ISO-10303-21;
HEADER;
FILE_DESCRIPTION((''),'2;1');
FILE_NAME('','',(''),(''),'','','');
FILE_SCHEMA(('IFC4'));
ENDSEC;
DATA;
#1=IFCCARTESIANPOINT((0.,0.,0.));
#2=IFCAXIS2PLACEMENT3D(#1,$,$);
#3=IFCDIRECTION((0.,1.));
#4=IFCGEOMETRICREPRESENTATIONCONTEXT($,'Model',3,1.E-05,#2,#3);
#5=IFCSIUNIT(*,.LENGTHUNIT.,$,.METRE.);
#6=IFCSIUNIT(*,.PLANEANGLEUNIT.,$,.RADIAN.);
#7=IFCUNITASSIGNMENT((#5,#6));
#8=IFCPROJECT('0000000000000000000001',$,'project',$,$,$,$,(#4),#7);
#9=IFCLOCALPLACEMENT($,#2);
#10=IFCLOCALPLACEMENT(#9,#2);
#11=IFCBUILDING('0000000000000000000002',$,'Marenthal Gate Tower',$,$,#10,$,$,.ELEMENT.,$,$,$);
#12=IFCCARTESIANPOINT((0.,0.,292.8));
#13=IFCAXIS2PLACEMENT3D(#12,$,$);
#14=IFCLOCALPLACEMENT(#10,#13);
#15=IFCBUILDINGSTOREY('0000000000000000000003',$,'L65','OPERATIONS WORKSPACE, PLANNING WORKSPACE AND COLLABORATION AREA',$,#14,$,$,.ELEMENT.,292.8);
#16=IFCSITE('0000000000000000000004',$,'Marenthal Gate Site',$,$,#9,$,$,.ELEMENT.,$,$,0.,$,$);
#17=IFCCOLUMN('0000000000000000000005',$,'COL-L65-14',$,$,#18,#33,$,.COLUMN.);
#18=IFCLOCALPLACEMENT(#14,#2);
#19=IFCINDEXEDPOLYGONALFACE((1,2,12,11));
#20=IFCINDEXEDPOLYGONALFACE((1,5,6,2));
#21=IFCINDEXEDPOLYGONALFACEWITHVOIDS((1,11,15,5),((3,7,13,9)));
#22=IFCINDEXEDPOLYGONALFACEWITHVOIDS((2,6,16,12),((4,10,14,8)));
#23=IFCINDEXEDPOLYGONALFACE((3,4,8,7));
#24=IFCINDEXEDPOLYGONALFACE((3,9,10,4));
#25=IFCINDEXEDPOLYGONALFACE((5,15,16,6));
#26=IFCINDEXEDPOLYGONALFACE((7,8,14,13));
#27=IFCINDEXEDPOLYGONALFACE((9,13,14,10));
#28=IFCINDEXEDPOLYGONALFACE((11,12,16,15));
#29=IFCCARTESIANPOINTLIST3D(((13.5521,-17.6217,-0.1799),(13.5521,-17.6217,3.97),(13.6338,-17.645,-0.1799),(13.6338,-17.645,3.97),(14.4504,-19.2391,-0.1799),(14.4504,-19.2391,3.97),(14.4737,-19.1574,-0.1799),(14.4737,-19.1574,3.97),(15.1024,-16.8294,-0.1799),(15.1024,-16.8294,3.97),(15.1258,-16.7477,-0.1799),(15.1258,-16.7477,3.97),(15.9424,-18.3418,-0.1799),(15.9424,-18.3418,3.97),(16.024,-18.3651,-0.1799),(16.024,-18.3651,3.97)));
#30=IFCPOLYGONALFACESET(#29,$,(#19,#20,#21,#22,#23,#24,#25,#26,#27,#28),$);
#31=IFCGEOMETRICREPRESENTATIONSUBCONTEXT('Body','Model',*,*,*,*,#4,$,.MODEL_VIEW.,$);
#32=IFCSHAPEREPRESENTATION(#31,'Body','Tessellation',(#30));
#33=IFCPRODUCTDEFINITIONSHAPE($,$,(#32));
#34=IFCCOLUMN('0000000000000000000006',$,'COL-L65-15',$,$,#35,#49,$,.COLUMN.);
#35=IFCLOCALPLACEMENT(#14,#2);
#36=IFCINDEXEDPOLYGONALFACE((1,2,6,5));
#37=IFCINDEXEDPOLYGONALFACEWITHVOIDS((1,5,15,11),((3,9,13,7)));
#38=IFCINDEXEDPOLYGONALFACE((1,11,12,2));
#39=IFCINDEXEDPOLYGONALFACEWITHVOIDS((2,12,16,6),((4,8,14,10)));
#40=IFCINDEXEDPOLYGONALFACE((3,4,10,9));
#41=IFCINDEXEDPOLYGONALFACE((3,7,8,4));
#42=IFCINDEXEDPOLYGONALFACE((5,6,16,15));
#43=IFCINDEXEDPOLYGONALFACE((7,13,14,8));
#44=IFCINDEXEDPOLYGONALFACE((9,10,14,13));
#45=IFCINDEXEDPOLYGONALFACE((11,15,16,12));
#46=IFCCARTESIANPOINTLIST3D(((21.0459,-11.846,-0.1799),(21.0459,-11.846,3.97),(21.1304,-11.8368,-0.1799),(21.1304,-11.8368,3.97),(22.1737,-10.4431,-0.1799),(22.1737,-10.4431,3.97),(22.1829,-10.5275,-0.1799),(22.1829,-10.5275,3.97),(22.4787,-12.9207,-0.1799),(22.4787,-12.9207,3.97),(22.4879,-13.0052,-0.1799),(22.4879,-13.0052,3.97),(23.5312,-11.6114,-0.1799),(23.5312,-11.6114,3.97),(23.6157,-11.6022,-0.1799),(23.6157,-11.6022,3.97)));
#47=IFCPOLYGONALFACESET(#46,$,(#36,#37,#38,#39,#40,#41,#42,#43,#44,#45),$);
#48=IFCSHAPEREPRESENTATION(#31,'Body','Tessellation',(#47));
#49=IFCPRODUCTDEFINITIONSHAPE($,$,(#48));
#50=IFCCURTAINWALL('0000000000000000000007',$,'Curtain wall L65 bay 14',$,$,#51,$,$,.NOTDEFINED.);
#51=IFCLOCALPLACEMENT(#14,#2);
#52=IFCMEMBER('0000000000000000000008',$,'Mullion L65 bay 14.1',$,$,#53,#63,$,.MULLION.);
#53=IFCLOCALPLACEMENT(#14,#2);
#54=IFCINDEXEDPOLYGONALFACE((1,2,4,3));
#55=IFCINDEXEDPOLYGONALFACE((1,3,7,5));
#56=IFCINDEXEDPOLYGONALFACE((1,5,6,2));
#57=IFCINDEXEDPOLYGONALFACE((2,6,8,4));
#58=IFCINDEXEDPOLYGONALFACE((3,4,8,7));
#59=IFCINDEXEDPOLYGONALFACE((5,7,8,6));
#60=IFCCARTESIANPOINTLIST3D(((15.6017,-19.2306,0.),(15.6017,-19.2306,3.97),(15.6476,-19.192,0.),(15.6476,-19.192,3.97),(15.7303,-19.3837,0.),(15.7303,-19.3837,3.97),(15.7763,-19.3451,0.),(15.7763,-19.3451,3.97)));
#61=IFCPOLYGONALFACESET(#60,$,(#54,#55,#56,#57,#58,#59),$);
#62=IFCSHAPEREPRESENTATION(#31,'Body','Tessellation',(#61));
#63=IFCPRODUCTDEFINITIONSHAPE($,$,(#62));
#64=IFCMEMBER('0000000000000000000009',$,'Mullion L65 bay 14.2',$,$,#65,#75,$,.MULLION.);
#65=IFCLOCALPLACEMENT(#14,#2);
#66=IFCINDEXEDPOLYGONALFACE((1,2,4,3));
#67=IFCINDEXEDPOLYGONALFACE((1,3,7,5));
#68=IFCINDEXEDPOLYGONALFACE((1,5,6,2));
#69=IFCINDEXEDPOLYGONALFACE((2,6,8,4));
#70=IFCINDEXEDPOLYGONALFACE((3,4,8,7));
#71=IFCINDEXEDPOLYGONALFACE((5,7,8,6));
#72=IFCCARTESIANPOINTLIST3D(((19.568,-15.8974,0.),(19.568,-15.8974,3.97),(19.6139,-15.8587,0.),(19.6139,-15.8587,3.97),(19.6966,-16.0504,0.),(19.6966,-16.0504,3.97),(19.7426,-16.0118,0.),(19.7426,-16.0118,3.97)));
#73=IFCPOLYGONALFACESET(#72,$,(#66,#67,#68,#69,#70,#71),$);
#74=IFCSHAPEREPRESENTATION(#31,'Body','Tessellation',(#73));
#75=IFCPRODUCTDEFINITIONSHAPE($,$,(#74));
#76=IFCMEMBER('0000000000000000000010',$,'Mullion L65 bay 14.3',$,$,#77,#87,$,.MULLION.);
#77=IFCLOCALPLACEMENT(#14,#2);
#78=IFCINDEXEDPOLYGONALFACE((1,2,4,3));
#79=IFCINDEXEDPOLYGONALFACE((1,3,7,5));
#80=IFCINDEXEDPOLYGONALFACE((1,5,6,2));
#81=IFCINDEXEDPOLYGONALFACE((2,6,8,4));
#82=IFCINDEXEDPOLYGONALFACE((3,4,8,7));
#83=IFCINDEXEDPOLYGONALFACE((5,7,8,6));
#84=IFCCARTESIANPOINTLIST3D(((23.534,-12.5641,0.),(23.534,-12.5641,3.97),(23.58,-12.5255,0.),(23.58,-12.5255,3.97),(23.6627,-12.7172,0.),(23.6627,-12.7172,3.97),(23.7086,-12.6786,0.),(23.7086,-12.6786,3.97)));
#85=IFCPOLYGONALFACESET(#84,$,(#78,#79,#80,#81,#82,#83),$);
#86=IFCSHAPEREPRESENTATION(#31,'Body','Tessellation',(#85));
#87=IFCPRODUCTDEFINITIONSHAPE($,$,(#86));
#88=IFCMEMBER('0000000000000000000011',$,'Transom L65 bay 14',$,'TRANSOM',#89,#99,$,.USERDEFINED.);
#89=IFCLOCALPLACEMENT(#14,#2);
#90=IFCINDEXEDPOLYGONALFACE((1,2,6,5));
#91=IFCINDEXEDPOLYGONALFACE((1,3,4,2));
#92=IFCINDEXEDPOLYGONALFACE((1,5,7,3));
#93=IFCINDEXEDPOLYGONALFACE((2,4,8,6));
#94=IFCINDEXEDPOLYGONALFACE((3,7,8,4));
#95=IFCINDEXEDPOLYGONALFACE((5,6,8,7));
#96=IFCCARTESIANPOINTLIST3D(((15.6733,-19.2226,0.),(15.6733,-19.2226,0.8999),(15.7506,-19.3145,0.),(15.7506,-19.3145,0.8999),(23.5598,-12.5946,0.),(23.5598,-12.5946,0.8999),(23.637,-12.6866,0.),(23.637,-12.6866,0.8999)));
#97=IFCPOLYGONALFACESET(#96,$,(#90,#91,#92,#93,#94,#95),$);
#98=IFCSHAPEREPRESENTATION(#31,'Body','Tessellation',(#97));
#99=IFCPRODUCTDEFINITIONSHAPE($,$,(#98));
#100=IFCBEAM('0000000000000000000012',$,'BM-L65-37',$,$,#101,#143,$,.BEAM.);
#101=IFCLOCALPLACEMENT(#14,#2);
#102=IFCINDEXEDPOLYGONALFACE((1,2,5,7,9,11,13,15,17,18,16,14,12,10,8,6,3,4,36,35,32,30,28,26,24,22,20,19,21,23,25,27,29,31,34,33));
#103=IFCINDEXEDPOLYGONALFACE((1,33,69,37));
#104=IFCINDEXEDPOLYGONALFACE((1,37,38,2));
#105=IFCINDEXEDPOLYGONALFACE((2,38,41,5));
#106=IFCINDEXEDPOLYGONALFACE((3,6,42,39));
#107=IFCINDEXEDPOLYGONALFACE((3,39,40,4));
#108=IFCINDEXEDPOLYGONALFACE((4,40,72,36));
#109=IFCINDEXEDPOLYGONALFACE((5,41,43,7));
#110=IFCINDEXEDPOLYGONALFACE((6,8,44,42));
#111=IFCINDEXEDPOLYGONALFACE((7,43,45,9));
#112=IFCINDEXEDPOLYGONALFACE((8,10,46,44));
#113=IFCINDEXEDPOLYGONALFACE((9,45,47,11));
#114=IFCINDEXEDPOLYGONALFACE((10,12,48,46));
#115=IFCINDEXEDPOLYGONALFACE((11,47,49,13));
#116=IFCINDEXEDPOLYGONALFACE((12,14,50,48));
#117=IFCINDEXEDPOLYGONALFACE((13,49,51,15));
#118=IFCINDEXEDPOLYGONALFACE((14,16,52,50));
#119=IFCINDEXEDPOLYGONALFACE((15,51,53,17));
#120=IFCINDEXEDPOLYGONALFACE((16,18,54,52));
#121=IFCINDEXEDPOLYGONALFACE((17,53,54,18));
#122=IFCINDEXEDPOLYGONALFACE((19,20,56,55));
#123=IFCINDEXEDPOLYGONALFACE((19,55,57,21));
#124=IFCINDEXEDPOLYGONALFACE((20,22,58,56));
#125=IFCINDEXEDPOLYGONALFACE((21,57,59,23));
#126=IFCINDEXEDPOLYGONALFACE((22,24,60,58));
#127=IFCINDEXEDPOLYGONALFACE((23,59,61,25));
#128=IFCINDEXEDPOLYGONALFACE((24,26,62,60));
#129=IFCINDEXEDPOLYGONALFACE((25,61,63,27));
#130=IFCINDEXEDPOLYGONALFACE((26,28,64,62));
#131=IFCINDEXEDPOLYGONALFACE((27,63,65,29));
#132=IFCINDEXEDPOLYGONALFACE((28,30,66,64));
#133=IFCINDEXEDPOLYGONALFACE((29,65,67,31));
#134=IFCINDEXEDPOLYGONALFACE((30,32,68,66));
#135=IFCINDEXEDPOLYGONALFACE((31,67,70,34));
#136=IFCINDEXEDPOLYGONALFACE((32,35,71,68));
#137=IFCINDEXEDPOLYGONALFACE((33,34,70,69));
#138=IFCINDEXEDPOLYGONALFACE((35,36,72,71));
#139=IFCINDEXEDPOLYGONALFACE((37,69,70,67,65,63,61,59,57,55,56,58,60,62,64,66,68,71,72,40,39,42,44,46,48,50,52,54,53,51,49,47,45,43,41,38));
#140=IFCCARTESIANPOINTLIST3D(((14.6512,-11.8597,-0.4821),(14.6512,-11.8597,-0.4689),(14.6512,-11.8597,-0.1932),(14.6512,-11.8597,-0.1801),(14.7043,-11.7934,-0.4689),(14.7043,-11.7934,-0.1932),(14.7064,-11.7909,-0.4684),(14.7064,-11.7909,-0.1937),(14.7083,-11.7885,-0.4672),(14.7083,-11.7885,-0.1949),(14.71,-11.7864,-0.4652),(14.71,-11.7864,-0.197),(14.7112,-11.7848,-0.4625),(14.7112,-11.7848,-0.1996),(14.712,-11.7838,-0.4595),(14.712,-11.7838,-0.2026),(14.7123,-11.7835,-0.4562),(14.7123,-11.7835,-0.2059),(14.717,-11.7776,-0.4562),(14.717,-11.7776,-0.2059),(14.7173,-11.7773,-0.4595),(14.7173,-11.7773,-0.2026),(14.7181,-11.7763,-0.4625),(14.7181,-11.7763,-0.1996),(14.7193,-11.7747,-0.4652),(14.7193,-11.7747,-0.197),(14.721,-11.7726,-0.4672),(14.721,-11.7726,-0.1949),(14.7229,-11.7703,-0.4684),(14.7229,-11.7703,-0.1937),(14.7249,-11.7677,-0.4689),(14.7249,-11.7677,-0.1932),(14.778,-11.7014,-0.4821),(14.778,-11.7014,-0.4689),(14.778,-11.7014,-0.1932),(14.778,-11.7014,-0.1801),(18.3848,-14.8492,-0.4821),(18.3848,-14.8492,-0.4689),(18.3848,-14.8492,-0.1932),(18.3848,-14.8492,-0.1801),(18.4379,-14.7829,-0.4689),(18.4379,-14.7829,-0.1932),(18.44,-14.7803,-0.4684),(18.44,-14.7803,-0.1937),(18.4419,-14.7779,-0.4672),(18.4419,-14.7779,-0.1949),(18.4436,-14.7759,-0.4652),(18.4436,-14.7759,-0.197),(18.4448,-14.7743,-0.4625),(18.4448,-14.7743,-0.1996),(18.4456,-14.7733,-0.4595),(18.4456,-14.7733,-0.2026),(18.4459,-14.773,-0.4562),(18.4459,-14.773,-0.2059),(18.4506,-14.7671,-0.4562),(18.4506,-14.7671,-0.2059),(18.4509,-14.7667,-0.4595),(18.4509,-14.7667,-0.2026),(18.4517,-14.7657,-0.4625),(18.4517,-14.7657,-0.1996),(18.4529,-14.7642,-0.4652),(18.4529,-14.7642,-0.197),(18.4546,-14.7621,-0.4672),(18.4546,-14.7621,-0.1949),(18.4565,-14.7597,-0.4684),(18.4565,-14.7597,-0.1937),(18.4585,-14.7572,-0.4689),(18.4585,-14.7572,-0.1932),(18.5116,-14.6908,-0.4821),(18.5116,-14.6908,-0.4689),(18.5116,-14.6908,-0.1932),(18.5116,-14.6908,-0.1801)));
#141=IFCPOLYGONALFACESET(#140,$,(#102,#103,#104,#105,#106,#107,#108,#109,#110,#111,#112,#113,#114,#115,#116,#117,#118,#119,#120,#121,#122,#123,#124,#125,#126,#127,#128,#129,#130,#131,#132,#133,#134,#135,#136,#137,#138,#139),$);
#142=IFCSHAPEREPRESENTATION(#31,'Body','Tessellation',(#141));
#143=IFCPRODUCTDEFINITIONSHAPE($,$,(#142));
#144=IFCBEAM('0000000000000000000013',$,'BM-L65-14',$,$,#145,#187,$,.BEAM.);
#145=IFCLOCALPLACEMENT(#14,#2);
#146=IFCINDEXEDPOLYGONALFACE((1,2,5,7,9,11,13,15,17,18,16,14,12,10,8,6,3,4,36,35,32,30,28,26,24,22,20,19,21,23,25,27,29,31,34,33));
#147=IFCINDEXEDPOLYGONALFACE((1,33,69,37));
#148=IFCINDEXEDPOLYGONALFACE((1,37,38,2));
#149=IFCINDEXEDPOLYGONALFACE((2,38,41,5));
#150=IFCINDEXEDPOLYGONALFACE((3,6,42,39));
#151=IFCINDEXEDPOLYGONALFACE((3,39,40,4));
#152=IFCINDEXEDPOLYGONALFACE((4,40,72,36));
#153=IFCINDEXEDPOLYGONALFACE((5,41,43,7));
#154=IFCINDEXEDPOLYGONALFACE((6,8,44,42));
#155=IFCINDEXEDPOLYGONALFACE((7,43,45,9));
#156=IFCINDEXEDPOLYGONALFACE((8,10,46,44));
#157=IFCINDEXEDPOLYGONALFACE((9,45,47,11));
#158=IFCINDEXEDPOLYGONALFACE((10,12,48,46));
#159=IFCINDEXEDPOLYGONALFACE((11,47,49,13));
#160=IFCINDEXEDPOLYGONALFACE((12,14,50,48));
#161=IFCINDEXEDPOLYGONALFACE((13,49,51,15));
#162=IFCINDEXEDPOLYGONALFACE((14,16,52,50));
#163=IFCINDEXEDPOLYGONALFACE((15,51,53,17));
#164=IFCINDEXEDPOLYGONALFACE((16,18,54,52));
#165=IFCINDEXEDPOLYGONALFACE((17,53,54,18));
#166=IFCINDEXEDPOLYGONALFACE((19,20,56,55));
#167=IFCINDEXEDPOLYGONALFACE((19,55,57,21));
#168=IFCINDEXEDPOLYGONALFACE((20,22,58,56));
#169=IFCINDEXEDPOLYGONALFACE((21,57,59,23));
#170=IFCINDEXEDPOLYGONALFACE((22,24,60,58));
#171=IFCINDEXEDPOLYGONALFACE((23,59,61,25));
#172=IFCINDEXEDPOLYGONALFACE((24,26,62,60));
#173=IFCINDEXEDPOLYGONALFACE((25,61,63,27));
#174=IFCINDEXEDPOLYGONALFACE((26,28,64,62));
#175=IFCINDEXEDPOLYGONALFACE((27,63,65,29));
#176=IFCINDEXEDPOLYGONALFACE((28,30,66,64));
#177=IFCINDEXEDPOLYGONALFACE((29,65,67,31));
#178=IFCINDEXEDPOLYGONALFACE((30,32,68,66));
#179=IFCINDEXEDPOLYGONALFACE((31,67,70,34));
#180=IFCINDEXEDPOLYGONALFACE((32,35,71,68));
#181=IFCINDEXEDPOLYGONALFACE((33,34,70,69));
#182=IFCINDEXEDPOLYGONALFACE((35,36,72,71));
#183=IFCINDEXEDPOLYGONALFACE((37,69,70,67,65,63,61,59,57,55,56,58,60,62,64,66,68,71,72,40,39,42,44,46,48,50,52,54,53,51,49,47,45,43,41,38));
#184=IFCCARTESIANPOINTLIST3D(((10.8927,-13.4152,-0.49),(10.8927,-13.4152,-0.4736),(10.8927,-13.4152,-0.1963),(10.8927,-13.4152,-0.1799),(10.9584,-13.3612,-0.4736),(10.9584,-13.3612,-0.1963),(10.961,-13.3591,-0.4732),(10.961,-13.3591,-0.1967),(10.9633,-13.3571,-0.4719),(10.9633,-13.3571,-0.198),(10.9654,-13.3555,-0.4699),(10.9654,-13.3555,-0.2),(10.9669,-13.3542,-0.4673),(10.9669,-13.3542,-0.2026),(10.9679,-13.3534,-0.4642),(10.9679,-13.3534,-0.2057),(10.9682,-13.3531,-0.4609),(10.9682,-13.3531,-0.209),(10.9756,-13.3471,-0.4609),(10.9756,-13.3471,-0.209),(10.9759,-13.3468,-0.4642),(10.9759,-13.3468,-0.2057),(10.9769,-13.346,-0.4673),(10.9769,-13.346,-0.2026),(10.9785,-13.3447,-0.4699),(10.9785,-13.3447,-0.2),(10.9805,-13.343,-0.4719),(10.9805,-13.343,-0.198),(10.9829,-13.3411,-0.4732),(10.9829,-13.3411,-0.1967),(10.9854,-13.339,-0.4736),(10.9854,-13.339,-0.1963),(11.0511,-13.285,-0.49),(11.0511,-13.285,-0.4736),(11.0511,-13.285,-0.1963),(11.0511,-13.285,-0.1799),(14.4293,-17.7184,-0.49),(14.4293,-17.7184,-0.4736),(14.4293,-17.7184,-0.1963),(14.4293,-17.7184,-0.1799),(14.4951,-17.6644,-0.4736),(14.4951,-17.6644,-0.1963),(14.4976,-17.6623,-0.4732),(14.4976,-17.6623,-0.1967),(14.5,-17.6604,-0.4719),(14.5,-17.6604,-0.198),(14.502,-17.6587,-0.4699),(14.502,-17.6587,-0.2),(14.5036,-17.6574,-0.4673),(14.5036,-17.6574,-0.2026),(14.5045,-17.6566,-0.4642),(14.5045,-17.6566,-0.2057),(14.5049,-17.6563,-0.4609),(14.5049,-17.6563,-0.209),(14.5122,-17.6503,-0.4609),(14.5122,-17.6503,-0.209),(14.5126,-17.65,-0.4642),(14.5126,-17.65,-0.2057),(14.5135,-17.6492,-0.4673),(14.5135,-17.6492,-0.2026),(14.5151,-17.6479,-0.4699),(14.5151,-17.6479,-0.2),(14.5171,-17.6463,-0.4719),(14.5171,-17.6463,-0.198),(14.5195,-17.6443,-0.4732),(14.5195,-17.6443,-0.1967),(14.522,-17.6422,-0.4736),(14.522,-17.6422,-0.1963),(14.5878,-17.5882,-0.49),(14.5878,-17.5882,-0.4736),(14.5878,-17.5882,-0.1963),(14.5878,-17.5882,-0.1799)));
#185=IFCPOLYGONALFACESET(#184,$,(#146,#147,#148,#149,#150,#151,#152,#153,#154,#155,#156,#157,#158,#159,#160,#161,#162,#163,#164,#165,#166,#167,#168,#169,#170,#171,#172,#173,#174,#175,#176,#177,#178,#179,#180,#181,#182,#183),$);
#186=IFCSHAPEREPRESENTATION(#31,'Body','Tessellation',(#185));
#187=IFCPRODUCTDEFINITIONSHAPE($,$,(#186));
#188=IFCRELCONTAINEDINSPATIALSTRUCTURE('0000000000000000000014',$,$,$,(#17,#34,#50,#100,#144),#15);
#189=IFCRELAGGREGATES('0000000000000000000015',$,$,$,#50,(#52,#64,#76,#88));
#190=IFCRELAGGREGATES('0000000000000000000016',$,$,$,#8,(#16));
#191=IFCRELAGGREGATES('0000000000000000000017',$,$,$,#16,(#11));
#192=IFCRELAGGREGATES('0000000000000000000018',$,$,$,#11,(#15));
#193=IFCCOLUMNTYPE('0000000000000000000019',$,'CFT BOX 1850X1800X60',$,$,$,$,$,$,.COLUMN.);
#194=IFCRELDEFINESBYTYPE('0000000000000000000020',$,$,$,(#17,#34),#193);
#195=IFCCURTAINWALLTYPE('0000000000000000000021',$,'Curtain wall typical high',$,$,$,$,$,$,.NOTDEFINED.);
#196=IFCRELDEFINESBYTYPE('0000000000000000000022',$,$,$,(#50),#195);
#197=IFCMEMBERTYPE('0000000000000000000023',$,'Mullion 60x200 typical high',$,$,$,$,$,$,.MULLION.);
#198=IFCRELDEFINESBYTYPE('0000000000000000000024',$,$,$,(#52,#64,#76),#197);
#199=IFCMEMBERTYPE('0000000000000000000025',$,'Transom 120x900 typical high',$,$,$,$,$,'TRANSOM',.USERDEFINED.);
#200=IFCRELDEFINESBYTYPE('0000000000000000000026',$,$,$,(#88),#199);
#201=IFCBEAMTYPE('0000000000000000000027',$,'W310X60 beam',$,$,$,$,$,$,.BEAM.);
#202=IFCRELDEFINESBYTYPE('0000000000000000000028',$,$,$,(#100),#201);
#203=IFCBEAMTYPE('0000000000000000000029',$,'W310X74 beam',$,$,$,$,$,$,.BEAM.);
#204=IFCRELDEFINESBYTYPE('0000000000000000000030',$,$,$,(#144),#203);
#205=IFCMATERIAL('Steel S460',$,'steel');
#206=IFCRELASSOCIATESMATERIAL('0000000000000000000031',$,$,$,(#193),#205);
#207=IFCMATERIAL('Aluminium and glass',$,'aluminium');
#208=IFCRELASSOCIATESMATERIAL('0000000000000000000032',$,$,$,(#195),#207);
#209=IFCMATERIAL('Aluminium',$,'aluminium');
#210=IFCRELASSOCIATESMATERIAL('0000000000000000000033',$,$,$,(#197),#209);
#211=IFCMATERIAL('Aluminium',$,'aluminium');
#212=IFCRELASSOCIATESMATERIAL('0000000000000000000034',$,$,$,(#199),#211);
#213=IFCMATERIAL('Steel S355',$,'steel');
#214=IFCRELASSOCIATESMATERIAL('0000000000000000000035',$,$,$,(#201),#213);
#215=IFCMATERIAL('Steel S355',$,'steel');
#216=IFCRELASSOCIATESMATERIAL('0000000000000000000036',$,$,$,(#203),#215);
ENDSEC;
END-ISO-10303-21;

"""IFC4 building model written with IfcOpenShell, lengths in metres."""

from ifc_helpers import new_model, si_unit, direction, frame, origin, origin_2d, place, context, subcontext, project, spatial, rectangle, hollow_rectangle, i_section, extrude, material, material_profile, profile_set, type_object, element, aggregate, save


model = new_model("IFC4")

# Units and contexts
model_context = context("Model", 3, precision=1e-05, world=origin(), true_north=direction((0.0, 1.0)))
body_context = subcontext(model_context, "Body", "Model", "MODEL_VIEW")
ifc_project = project(units=[si_unit("LENGTHUNIT", "METRE"), si_unit("PLANEANGLEUNIT", "RADIAN")], contexts=[model_context])

# Site, building, storey
site_placement = place(None, origin())
site = spatial("IfcSite", under=ifc_project, at=site_placement, Name="Marenthal Gate Site", CompositionType="ELEMENT", RefElevation=0.0)
building_placement = place(site_placement, origin())
building = spatial("IfcBuilding", under=site, at=building_placement, Name="Marenthal Gate Tower", CompositionType="ELEMENT")
storey_placement = place(building_placement, frame((0.0, 0.0, 292.8)))
storey = spatial("IfcBuildingStorey", under=building, at=storey_placement, Name="L65", Description="OPERATIONS WORKSPACE, PLANNING WORKSPACE AND COLLABORATION AREA", CompositionType="ELEMENT", Elevation=292.8)

# Columns
ifc_material_1 = material(Name="Steel S460", Category="steel")
ifc_material_profile_1 = material_profile(ifc_material_1, hollow_rectangle(XDim=1.8, YDim=1.8501, WallThickness=0.0601, at=origin_2d()), Name="CFT BOX 1850X1800X60")
ifc_material_2 = material(Name="Concrete 70 MPa", Category="concrete")
ifc_material_profile_2 = material_profile(ifc_material_2, rectangle(XDim=1.6799, YDim=1.73, at=origin_2d()), Name="CFT BOX 1850X1800X60 INFILL")
ifc_profile_set_1 = profile_set([ifc_material_profile_1, ifc_material_profile_2], Name="Steel S460 shell, Concrete 70 MPa infill")
column_type = type_object("IfcColumnType", Name="CFT BOX 1850X1800X60", PredefinedType="COLUMN", material=ifc_profile_set_1)
for number, where, z_axis, x_axis, name in (
    (1, (14.7881, -17.9934, -0.1799), (0.0, 0.0, 1.0), (-0.874222, -0.485527, 0.0), "COL-L65-14"),
    (2, (22.3308, -11.7241, -0.1799), (0.0, 0.0, 1.0), (-0.62654, -0.779389, 0.0), "COL-L65-15"),
):
    element("IfcColumn", number, at=place(storey_placement, frame(where, z_axis=z_axis, x_axis=x_axis)), inside=storey, type_object=column_type, Name=name, PredefinedType="COLUMN", context=body_context, shape_type="SweptSolid", body=[
        extrude(hollow_rectangle(XDim=1.8, YDim=1.8501, WallThickness=0.0601, at=origin_2d()), origin(), (0.0, 0.0, 1.0), 4.1499),
    ])

# Curtain wall, members
ifc_material_3 = material(Name="Aluminium and glass", Category="aluminium")
curtain_wall_type = type_object("IfcCurtainWallType", Name="Curtain wall typical high", PredefinedType="NOTDEFINED", material=ifc_material_3)
curtain_wall_placement = place(storey_placement, origin())
curtain_wall = element("IfcCurtainWall", 3, at=curtain_wall_placement, inside=storey, type_object=curtain_wall_type, Name="Curtain wall L65 bay 14", PredefinedType="NOTDEFINED")
ifc_material_4 = material(Name="Aluminium", Category="aluminium")
ifc_material_profile_3 = material_profile(ifc_material_4, rectangle(XDim=0.2, YDim=0.0601, at=origin_2d()), Name="60x200 aluminium mullion")
ifc_profile_set_2 = profile_set([ifc_material_profile_3], Name="Aluminium")
member_type_1 = type_object("IfcMemberType", Name="Mullion 60x200 typical high", PredefinedType="MULLION", material=ifc_profile_set_2)
member_1_placement = place(storey_placement, frame((15.689, -19.2878, 0.0), z_axis=(0.0, 0.0, 1.0), x_axis=(-0.64338, 0.765547, 0.0)))
member_1 = element("IfcMember", 4, at=member_1_placement, type_object=member_type_1, Name="Mullion L65 bay 14.1", PredefinedType="MULLION", context=body_context, shape_type="SweptSolid", body=[
    extrude(rectangle(XDim=0.2, YDim=0.0601, at=origin_2d()), origin(), (0.0, 0.0, 1.0), 3.97),
])
member_2_placement = place(storey_placement, frame((19.6553, -15.9546, 0.0), z_axis=(0.0, 0.0, 1.0), x_axis=(-0.64338, 0.765547, 0.0)))
member_2 = element("IfcMember", 5, at=member_2_placement, type_object=member_type_1, Name="Mullion L65 bay 14.2", PredefinedType="MULLION", context=body_context, shape_type="SweptSolid", body=[
    extrude(rectangle(XDim=0.2, YDim=0.0601, at=origin_2d()), origin(), (0.0, 0.0, 1.0), 3.97),
])
member_3_placement = place(storey_placement, frame((23.6213, -12.6213, 0.0), z_axis=(0.0, 0.0, 1.0), x_axis=(-0.64338, 0.765547, 0.0)))
member_3 = element("IfcMember", 6, at=member_3_placement, type_object=member_type_1, Name="Mullion L65 bay 14.3", PredefinedType="MULLION", context=body_context, shape_type="SweptSolid", body=[
    extrude(rectangle(XDim=0.2, YDim=0.0601, at=origin_2d()), origin(), (0.0, 0.0, 1.0), 3.97),
])
ifc_material_5 = material(Name="Aluminium", Category="aluminium")
ifc_material_profile_4 = material_profile(ifc_material_5, rectangle(XDim=0.1201, YDim=0.8999, at=origin_2d()), Name="120x900 aluminium transom")
ifc_profile_set_3 = profile_set([ifc_material_profile_4], Name="Aluminium")
member_type_2 = type_object("IfcMemberType", Name="Transom 120x900 typical high", ElementType="TRANSOM", PredefinedType="USERDEFINED", material=ifc_profile_set_3)
member_4_placement = place(storey_placement, frame((15.7119, -19.2686, 0.45), z_axis=(0.765548, 0.643379, 0.0), x_axis=(-0.643379, 0.765548, 0.0)))
member_4 = element("IfcMember", 7, at=member_4_placement, type_object=member_type_2, Name="Transom L65 bay 14", ObjectType="TRANSOM", PredefinedType="USERDEFINED", context=body_context, shape_type="SweptSolid", body=[
    extrude(rectangle(XDim=0.1201, YDim=0.8999, at=origin_2d()), origin(), (0.0, 0.0, 1.0), 10.3018),
])

# Beams
ifc_material_6 = material(Name="Steel S355", Category="steel")
ifc_material_profile_5 = material_profile(ifc_material_6, i_section(OverallWidth=0.2029, OverallDepth=0.302, WebThickness=0.0076, FlangeThickness=0.0132, FilletRadius=0.0127, at=origin_2d()), Name="W310X60")
ifc_profile_set_4 = profile_set([ifc_material_profile_5], Name="Steel S355")
beam_type_1 = type_object("IfcBeamType", Name="W310X60 beam", PredefinedType="BEAM", material=ifc_profile_set_4)
beam_1_placement = place(storey_placement, frame((18.4482, -14.77, -0.3311), z_axis=(-0.780605, 0.625025, 0.0), x_axis=(-0.625025, -0.780605, 0.0)))
element("IfcBeam", 8, at=beam_1_placement, inside=storey, type_object=beam_type_1, Name="BM-L65-37", PredefinedType="BEAM", context=body_context, shape_type="SweptSolid", body=[
    extrude(i_section(OverallWidth=0.2029, OverallDepth=0.302, WebThickness=0.0076, FlangeThickness=0.0132, FilletRadius=0.0127, at=origin_2d()), origin(), (0.0, 0.0, 1.0), 4.783),
])
ifc_material_7 = material(Name="Steel S355", Category="steel")
ifc_material_profile_6 = material_profile(ifc_material_7, i_section(OverallWidth=0.2051, OverallDepth=0.3101, WebThickness=0.0095, FlangeThickness=0.0164, FilletRadius=0.0127, at=origin_2d()), Name="W310X74")
ifc_profile_set_5 = profile_set([ifc_material_profile_6], Name="Steel S355")
beam_type_2 = type_object("IfcBeamType", Name="W310X74 beam", PredefinedType="BEAM", material=ifc_profile_set_5)
beam_2_placement = place(storey_placement, frame((14.5085, -17.6533, -0.335), z_axis=(-0.634936, 0.772565, 0.0), x_axis=(-0.772565, -0.634936, 0.0)))
element("IfcBeam", 9, at=beam_2_placement, inside=storey, type_object=beam_type_2, Name="BM-L65-14", PredefinedType="BEAM", context=body_context, shape_type="SweptSolid", body=[
    extrude(i_section(OverallWidth=0.2051, OverallDepth=0.3101, WebThickness=0.0095, FlangeThickness=0.0164, FilletRadius=0.0127, at=origin_2d()), origin(), (0.0, 0.0, 1.0), 5.5701),
])

aggregate(curtain_wall, [member_1, member_2, member_3, member_4])

save(model, "model.ifc")
